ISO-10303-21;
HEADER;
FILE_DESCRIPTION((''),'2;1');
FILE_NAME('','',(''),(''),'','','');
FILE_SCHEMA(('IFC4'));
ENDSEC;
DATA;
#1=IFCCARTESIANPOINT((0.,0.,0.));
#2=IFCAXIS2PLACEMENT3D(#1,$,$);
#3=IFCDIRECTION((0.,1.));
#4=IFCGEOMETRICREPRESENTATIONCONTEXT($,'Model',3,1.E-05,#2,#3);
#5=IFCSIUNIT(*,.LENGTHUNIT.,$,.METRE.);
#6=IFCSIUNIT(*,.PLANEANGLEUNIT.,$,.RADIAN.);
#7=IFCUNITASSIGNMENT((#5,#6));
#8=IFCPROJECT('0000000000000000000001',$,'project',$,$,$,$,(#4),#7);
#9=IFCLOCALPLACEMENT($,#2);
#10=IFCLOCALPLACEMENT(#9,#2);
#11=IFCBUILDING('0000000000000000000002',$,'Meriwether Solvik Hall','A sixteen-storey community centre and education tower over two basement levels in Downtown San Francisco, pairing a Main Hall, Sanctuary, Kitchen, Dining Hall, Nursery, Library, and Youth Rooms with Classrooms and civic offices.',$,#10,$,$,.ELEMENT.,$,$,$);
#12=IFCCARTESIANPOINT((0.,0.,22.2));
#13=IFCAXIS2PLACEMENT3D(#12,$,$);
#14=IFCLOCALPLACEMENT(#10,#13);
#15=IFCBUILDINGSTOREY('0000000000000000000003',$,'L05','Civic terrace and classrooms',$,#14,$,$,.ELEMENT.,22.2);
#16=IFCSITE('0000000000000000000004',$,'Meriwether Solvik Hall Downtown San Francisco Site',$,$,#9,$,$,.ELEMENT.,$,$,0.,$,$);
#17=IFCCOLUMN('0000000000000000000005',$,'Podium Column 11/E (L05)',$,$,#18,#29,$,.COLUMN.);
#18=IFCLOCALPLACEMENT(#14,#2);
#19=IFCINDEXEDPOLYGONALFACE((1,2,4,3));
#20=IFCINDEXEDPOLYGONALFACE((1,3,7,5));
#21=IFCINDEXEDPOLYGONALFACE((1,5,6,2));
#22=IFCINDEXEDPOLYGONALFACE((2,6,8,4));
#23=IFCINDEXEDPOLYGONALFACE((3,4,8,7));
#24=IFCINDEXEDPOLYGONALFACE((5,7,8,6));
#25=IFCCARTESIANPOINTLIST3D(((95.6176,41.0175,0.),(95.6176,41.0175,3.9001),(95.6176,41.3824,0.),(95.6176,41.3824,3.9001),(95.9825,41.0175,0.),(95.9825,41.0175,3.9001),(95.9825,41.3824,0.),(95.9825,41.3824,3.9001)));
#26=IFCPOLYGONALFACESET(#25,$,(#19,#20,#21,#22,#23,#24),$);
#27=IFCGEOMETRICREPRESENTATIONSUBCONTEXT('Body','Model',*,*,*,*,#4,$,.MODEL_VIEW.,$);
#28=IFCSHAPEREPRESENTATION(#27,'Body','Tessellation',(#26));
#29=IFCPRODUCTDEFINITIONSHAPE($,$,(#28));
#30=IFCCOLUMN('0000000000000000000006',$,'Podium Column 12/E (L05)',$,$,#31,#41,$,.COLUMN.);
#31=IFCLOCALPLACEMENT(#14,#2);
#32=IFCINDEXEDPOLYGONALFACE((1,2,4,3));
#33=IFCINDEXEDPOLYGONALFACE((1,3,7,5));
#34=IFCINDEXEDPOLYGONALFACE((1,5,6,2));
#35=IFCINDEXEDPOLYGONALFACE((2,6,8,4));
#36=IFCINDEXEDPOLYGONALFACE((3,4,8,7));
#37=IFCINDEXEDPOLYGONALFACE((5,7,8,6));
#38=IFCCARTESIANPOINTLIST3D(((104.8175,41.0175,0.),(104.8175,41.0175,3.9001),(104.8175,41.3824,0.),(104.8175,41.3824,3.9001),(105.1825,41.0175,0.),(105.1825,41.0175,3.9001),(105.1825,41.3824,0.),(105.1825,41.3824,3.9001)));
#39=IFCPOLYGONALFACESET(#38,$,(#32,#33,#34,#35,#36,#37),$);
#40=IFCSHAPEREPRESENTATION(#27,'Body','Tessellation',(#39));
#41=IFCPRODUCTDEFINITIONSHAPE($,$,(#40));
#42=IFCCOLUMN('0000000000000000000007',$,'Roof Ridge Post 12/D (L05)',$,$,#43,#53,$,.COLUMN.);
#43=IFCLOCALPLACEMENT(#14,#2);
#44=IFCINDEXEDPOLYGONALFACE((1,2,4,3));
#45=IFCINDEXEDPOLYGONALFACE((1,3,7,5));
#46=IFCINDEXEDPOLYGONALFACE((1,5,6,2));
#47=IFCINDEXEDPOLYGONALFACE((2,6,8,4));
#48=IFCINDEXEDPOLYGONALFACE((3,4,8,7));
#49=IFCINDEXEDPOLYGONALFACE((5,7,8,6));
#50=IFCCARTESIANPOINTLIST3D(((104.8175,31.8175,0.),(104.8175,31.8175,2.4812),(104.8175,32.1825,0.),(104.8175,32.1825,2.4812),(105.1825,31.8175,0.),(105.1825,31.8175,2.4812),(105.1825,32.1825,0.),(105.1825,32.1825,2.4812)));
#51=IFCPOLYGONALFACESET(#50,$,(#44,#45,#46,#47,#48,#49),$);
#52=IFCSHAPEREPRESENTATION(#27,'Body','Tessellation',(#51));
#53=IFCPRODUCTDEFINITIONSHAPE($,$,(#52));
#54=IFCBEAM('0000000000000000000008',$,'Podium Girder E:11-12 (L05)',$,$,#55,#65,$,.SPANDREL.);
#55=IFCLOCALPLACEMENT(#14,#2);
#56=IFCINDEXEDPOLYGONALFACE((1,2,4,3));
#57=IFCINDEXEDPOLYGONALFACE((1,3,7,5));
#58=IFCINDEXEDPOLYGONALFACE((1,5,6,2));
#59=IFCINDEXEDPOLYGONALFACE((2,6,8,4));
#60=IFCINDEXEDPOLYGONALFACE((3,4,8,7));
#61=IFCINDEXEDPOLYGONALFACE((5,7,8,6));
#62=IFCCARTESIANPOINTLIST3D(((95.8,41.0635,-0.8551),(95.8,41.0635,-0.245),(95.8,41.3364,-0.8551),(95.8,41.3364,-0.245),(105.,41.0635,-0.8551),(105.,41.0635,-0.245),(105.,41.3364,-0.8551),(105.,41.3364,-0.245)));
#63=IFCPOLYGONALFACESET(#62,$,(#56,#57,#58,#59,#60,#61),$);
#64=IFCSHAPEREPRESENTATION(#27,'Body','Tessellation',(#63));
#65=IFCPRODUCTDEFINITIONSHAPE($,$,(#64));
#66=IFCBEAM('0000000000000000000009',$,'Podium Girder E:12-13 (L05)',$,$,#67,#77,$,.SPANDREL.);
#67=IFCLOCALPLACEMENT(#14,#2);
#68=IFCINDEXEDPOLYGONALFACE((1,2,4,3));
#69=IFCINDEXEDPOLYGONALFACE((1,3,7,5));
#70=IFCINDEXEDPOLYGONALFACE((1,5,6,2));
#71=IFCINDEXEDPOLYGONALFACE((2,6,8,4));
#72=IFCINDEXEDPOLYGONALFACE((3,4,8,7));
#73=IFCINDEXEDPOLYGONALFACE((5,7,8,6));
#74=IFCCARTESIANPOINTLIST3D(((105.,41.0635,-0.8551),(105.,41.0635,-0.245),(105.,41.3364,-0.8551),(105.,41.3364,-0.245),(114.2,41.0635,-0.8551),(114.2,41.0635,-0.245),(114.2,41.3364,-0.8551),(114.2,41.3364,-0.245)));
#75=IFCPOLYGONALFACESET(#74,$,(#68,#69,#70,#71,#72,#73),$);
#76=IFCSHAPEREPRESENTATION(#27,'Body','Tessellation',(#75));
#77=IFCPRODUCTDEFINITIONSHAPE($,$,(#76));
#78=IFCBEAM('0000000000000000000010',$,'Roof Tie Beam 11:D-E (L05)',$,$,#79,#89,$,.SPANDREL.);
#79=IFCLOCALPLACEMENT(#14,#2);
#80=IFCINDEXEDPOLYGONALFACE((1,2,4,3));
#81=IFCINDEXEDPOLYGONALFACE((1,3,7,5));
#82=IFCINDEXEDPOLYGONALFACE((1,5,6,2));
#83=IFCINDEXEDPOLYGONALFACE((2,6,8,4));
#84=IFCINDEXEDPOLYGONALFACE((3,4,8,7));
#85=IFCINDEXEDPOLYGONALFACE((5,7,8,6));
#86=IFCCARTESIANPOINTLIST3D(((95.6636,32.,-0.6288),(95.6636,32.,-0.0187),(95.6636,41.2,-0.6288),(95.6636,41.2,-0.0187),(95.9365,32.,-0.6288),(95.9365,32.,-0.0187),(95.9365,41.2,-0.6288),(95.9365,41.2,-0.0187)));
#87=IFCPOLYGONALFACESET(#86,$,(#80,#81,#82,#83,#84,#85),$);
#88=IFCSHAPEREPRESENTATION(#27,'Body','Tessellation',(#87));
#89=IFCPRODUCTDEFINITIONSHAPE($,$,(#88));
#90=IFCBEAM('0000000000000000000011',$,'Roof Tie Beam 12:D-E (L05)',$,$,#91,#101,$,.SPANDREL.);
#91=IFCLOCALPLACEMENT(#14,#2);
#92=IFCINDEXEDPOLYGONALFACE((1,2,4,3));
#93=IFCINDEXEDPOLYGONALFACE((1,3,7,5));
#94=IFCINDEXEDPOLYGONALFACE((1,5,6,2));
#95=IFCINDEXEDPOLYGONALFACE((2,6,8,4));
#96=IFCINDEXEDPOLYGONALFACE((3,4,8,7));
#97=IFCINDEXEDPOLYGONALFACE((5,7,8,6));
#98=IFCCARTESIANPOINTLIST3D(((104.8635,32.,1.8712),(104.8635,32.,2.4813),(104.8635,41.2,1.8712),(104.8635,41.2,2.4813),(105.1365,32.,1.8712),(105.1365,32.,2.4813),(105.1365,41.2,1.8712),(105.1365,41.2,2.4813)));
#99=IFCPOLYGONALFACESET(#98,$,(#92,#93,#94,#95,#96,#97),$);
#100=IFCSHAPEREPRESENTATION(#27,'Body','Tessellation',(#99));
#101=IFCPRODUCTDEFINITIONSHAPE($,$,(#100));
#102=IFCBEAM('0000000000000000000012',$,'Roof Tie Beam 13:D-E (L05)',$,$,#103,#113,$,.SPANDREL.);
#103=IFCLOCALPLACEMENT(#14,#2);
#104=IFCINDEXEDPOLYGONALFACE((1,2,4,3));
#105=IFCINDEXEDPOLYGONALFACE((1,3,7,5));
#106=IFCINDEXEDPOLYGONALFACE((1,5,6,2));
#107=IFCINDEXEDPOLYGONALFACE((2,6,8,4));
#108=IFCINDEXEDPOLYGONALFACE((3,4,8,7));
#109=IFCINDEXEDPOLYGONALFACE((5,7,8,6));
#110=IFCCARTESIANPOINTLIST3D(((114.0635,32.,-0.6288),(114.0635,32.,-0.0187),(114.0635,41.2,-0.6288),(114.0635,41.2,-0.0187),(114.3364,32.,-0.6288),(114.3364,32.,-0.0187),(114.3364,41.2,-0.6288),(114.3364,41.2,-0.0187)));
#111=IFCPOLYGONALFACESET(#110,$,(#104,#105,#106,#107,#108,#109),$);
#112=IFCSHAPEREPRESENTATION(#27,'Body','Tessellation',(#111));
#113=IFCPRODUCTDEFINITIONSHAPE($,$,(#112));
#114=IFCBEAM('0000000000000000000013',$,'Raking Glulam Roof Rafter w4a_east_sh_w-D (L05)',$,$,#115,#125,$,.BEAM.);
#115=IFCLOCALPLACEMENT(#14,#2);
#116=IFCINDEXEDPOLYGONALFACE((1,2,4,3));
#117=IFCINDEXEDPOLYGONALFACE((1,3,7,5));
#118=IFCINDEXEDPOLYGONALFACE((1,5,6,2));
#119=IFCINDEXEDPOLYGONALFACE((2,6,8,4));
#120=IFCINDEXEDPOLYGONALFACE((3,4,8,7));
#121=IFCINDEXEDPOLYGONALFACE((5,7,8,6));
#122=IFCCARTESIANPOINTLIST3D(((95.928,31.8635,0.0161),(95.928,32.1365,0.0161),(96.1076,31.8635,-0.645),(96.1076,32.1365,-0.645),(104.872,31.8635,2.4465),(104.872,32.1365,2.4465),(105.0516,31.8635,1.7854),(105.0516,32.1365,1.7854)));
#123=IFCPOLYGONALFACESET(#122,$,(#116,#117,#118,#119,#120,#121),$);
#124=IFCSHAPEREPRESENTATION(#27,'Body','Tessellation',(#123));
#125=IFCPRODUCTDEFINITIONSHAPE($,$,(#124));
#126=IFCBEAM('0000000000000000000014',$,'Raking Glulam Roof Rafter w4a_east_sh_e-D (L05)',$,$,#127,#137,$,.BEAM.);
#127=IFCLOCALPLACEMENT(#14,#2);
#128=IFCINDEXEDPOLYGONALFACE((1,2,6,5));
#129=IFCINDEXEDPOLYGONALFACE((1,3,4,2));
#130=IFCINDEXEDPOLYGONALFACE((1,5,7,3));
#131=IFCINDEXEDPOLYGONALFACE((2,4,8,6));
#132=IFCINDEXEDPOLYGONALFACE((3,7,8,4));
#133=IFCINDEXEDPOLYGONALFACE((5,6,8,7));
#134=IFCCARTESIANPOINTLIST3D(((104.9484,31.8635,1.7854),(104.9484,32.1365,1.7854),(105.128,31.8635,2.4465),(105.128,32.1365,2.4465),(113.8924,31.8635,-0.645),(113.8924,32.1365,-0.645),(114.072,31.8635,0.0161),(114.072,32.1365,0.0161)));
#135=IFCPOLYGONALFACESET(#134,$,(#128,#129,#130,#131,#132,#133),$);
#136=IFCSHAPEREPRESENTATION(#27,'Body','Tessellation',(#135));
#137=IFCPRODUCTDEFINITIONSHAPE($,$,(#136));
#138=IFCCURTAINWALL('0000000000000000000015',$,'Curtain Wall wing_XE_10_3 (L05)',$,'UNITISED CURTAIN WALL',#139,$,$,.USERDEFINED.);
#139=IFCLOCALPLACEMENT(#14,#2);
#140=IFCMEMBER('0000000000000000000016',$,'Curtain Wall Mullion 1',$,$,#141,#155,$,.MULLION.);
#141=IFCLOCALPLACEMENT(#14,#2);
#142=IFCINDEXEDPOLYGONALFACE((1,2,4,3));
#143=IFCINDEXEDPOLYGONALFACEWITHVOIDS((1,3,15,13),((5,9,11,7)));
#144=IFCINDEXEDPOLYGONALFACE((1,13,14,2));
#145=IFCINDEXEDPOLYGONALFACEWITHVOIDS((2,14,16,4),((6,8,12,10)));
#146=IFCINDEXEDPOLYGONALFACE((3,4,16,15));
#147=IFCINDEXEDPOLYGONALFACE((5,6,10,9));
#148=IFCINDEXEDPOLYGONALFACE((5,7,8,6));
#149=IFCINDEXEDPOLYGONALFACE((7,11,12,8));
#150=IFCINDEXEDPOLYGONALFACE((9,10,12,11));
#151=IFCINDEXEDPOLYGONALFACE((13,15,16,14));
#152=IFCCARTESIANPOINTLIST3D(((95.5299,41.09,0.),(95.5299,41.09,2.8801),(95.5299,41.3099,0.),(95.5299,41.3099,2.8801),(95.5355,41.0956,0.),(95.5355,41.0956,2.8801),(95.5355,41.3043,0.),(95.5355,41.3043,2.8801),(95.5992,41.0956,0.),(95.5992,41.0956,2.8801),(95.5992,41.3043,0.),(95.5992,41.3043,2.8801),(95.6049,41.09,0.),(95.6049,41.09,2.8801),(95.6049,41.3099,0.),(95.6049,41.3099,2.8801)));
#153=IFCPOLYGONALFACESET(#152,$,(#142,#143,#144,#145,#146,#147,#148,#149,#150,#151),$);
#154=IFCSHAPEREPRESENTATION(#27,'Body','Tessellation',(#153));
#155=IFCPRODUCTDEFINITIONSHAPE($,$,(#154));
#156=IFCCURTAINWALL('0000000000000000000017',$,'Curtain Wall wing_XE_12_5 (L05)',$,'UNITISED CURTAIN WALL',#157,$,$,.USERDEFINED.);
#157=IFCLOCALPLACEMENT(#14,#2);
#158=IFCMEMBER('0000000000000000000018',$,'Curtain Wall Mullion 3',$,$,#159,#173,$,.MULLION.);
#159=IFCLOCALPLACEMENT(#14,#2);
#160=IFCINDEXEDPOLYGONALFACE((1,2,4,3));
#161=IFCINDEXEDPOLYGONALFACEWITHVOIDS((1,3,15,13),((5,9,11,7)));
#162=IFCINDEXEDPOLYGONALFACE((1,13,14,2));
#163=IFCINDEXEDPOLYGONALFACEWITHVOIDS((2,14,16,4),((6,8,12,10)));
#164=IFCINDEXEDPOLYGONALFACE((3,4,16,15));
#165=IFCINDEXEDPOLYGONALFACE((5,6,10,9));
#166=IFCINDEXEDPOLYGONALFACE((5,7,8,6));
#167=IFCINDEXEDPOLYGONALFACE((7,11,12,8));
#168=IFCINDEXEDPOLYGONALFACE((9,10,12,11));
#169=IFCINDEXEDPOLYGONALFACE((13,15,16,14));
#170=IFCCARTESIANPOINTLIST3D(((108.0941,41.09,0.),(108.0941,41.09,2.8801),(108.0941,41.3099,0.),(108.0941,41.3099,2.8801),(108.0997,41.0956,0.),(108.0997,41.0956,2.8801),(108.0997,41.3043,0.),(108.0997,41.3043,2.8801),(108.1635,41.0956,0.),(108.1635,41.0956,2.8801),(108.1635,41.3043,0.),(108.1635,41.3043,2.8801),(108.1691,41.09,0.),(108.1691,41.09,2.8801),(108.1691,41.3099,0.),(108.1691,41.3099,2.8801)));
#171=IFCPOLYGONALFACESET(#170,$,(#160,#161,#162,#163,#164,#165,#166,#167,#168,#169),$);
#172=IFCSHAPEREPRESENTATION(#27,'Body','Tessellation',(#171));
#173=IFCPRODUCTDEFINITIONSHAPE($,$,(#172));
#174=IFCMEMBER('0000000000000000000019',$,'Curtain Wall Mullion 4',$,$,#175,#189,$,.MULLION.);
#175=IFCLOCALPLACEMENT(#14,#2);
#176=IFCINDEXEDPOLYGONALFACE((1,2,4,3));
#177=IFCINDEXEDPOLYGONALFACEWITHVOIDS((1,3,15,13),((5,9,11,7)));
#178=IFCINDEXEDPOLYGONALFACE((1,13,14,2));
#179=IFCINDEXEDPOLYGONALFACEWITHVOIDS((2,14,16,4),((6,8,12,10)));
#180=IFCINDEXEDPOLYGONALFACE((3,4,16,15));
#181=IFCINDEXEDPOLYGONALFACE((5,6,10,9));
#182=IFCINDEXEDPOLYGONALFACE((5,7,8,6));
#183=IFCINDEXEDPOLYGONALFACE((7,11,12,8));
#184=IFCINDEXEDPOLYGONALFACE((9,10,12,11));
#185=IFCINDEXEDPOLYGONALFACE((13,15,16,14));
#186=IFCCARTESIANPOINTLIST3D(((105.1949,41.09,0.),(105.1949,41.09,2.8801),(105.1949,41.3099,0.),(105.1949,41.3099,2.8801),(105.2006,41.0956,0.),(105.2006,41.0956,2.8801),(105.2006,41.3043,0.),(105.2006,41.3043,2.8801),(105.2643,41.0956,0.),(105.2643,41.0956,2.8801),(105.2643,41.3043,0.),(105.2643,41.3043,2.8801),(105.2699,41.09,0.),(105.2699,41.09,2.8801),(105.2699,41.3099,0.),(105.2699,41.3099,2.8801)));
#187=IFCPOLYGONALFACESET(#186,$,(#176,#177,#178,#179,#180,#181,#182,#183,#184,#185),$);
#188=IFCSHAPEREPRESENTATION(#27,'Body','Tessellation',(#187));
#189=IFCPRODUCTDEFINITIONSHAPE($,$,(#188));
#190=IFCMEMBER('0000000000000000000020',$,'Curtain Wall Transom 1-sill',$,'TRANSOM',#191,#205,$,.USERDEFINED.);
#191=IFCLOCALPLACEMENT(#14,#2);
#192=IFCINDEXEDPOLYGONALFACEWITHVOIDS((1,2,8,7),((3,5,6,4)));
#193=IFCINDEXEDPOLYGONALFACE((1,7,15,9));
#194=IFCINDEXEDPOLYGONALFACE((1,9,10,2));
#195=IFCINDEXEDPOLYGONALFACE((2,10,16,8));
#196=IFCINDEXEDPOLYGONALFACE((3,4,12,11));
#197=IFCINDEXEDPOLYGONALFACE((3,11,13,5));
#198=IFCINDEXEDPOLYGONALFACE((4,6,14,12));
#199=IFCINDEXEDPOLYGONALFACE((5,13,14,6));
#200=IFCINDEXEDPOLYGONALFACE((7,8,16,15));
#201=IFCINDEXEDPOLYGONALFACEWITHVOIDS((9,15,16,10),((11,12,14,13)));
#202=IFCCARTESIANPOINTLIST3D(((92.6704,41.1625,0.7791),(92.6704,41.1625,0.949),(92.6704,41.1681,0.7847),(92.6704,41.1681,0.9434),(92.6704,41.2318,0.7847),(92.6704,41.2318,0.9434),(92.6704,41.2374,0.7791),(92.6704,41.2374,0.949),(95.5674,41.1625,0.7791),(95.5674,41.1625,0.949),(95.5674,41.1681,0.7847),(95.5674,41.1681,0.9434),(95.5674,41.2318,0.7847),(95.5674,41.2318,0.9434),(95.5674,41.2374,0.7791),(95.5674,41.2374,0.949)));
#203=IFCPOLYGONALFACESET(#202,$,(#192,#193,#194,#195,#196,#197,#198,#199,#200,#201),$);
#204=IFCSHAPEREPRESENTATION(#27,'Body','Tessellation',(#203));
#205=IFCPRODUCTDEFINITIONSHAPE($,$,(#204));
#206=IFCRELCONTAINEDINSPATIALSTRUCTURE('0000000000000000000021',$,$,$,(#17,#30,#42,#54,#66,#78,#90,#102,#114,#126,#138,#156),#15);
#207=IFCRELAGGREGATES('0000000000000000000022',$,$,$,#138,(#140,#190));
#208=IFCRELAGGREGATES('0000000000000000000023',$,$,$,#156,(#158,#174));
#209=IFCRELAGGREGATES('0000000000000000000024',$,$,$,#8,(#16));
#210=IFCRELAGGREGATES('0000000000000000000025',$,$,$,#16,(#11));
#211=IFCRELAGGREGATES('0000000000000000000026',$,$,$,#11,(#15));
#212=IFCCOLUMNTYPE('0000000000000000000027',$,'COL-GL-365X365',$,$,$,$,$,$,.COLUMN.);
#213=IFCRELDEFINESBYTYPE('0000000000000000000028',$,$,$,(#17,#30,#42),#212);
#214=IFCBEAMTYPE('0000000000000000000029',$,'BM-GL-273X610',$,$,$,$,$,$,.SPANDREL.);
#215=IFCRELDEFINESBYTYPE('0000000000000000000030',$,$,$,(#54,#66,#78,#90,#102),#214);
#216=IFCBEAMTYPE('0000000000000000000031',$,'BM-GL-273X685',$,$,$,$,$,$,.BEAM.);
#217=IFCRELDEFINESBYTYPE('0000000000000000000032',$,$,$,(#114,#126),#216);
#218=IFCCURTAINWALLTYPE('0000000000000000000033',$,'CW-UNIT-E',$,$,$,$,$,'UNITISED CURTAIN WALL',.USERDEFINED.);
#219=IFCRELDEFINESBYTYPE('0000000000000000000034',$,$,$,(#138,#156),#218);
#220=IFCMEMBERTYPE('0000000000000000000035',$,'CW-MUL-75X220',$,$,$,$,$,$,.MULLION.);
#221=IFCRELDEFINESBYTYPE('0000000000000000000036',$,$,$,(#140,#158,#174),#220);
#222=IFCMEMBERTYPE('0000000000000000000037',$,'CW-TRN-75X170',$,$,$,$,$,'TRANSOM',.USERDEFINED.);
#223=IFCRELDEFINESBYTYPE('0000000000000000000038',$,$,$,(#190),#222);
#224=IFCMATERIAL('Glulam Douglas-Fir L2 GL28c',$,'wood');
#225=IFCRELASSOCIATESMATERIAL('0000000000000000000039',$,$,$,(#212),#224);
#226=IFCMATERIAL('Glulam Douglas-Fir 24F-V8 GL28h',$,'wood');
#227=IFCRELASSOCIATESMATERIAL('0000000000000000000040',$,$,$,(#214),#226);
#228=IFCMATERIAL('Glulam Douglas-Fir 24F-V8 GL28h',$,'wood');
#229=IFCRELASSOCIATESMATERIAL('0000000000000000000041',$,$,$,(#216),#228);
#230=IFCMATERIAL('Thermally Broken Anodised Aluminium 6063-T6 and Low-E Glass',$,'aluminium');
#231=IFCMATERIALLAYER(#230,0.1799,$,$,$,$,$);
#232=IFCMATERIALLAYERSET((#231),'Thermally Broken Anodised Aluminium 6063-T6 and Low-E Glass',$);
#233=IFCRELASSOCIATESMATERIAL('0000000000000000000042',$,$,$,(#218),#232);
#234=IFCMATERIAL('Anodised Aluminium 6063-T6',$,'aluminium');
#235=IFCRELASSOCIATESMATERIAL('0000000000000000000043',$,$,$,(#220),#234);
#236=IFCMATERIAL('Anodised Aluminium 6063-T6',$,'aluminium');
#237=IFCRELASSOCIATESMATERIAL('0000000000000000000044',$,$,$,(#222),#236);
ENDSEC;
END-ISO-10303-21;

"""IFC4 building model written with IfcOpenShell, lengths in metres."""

from ifc_helpers import new_model, si_unit, direction, frame, origin, origin_2d, place, context, subcontext, project, spatial, rectangle, hollow_rectangle, extrude, material, layer, layer_set, material_profile, profile_set, type_object, element, aggregate, save


model = new_model("IFC4")

# Units and contexts
model_context = context("Model", 3, precision=1e-05, world=origin(), true_north=direction((0.0, 1.0)))
body_context = subcontext(model_context, "Body", "Model", "MODEL_VIEW")
ifc_project = project(units=[si_unit("LENGTHUNIT", "METRE"), si_unit("PLANEANGLEUNIT", "RADIAN")], contexts=[model_context])

# Site, building, storey
site_placement = place(None, origin())
site = spatial("IfcSite", under=ifc_project, at=site_placement, Name="Meriwether Solvik Hall Downtown San Francisco Site", CompositionType="ELEMENT", RefElevation=0.0)
building_placement = place(site_placement, origin())
building = spatial("IfcBuilding", under=site, at=building_placement, Name="Meriwether Solvik Hall", Description="A sixteen-storey community centre and education tower over two basement levels in Downtown San Francisco, pairing a Main Hall, Sanctuary, Kitchen, Dining Hall, Nursery, Library, and Youth Rooms with Classrooms and civic offices.", CompositionType="ELEMENT")
storey_placement = place(building_placement, frame((0.0, 0.0, 22.2)))
storey = spatial("IfcBuildingStorey", under=building, at=storey_placement, Name="L05", Description="Civic terrace and classrooms", CompositionType="ELEMENT", Elevation=22.2)

# Columns
ifc_material_1 = material(Name="Glulam Douglas-Fir L2 GL28c", Category="wood")
ifc_material_profile_1 = material_profile(ifc_material_1, rectangle(XDim=0.365, YDim=0.365, at=origin_2d()), Name="GLC-365X365")
ifc_profile_set_1 = profile_set([ifc_material_profile_1], Name="Glulam Douglas-Fir L2 GL28c")
column_type = type_object("IfcColumnType", Name="COL-GL-365X365", PredefinedType="COLUMN", material=ifc_profile_set_1)
for number, where, z_axis, x_axis, name in (
    (1, (95.8, 41.2, 0.0), (0.0, 0.0, 1.0), (1.0, 0.0, 0.0), "Podium Column 11/E (L05)"),
    (2, (105.0, 41.2, 0.0), (0.0, 0.0, 1.0), (1.0, 0.0, 0.0), "Podium Column 12/E (L05)"),
):
    element("IfcColumn", number, at=place(storey_placement, frame(where, z_axis=z_axis, x_axis=x_axis)), inside=storey, type_object=column_type, Name=name, PredefinedType="COLUMN", context=body_context, shape_type="SweptSolid", body=[
        extrude(rectangle(XDim=0.365, YDim=0.365, at=origin_2d()), origin(), (0.0, 0.0, 1.0), 3.9001),
    ])
column_placement = place(storey_placement, frame((105.0, 32.0, 0.0), z_axis=(0.0, 0.0, 1.0), x_axis=(1.0, 0.0, 0.0)))
element("IfcColumn", 3, at=column_placement, inside=storey, type_object=column_type, Name="Roof Ridge Post 12/D (L05)", PredefinedType="COLUMN", context=body_context, shape_type="SweptSolid", body=[
    extrude(rectangle(XDim=0.365, YDim=0.365, at=origin_2d()), origin(), (0.0, 0.0, 1.0), 2.4812),
])

# Beams
ifc_material_2 = material(Name="Glulam Douglas-Fir 24F-V8 GL28h", Category="wood")
ifc_material_profile_2 = material_profile(ifc_material_2, rectangle(XDim=0.2729, YDim=0.6101, at=origin_2d()), Name="GLB-273X610")
ifc_profile_set_2 = profile_set([ifc_material_profile_2], Name="Glulam Douglas-Fir 24F-V8 GL28h")
beam_type_1 = type_object("IfcBeamType", Name="BM-GL-273X610", PredefinedType="SPANDREL", material=ifc_profile_set_2)
for number, where, z_axis, x_axis, name in (
    (4, (95.8, 41.2, -0.55), (1.0, 0.0, 0.0), (0.0, 1.0, 0.0), "Podium Girder E:11-12 (L05)"),
    (5, (105.0, 41.2, -0.55), (1.0, 0.0, 0.0), (0.0, 1.0, 0.0), "Podium Girder E:12-13 (L05)"),
    (6, (95.8, 32.0, -0.3237), (0.0, 1.0, 0.0), (-1.0, 0.0, 0.0), "Roof Tie Beam 11:D-E (L05)"),
    (7, (105.0, 32.0, 2.1763), (0.0, 1.0, 0.0), (-1.0, 0.0, 0.0), "Roof Tie Beam 12:D-E (L05)"),
    (8, (114.2, 32.0, -0.3237), (0.0, 1.0, 0.0), (-1.0, 0.0, 0.0), "Roof Tie Beam 13:D-E (L05)"),
):
    element("IfcBeam", number, at=place(storey_placement, frame(where, z_axis=z_axis, x_axis=x_axis)), inside=storey, type_object=beam_type_1, Name=name, PredefinedType="SPANDREL", context=body_context, shape_type="SweptSolid", body=[
        extrude(rectangle(XDim=0.2729, YDim=0.6101, at=origin_2d()), origin(), (0.0, 0.0, 1.0), 9.2),
    ])
ifc_material_3 = material(Name="Glulam Douglas-Fir 24F-V8 GL28h", Category="wood")
ifc_material_profile_3 = material_profile(ifc_material_3, rectangle(XDim=0.2729, YDim=0.6851, at=origin_2d()), Name="GLB-273X685")
ifc_profile_set_3 = profile_set([ifc_material_profile_3], Name="Glulam Douglas-Fir 24F-V8 GL28h")
beam_type_2 = type_object("IfcBeamType", Name="BM-GL-273X685", PredefinedType="BEAM", material=ifc_profile_set_3)
for number, where, z_axis, x_axis, name in (
    (9, (96.0178, 32.0, -0.3145), (0.965007, 0.0, 0.262226), (0.0, 1.0, 0.0), "Raking Glulam Roof Rafter w4a_east_sh_w-D (L05)"),
    (10, (113.9822, 32.0, -0.3145), (-0.965007, 0.0, 0.262226), (0.0, -1.0, 0.0), "Raking Glulam Roof Rafter w4a_east_sh_e-D (L05)"),
):
    element("IfcBeam", number, at=place(storey_placement, frame(where, z_axis=z_axis, x_axis=x_axis)), inside=storey, type_object=beam_type_2, Name=name, PredefinedType="BEAM", context=body_context, shape_type="SweptSolid", body=[
        extrude(rectangle(XDim=0.2729, YDim=0.6851, at=origin_2d()), origin(), (0.0, 0.0, 1.0), 9.2683),
    ])

# Curtain wall, member
ifc_material_4 = material(Name="Thermally Broken Anodised Aluminium 6063-T6 and Low-E Glass", Category="aluminium")
ifc_layer_1 = layer(ifc_material_4, 0.1799)
ifc_layer_set_1 = layer_set([ifc_layer_1], Name="Thermally Broken Anodised Aluminium 6063-T6 and Low-E Glass")
curtain_wall_type = type_object("IfcCurtainWallType", Name="CW-UNIT-E", ElementType="UNITISED CURTAIN WALL", PredefinedType="USERDEFINED", material=ifc_layer_set_1)
curtain_wall_1_placement = place(storey_placement, origin())
curtain_wall_1 = element("IfcCurtainWall", 11, at=curtain_wall_1_placement, inside=storey, type_object=curtain_wall_type, Name="Curtain Wall wing_XE_10_3 (L05)", ObjectType="UNITISED CURTAIN WALL", PredefinedType="USERDEFINED")
ifc_material_5 = material(Name="Anodised Aluminium 6063-T6", Category="aluminium")
ifc_material_profile_4 = material_profile(ifc_material_5, hollow_rectangle(XDim=0.075, YDim=0.22, WallThickness=0.0056, at=origin_2d()), Name="CWM-75X220")
ifc_profile_set_4 = profile_set([ifc_material_profile_4], Name="Anodised Aluminium 6063-T6")
member_type_1 = type_object("IfcMemberType", Name="CW-MUL-75X220", PredefinedType="MULLION", material=ifc_profile_set_4)
member_1_placement = place(storey_placement, frame((95.5674, 41.2, 0.0), z_axis=(0.0, 0.0, 1.0), x_axis=(-1.0, 0.0, 0.0)))
member_1 = element("IfcMember", 12, at=member_1_placement, type_object=member_type_1, Name="Curtain Wall Mullion 1", PredefinedType="MULLION", context=body_context, shape_type="SweptSolid", body=[
    extrude(hollow_rectangle(XDim=0.075, YDim=0.22, WallThickness=0.0056, at=origin_2d()), origin(), (0.0, 0.0, 1.0), 2.8801),
])

# Curtain wall, members
curtain_wall_2_placement = place(storey_placement, origin())
curtain_wall_2 = element("IfcCurtainWall", 13, at=curtain_wall_2_placement, inside=storey, type_object=curtain_wall_type, Name="Curtain Wall wing_XE_12_5 (L05)", ObjectType="UNITISED CURTAIN WALL", PredefinedType="USERDEFINED")
member_2_placement = place(storey_placement, frame((108.1316, 41.2, 0.0), z_axis=(0.0, 0.0, 1.0), x_axis=(-1.0, 0.0, 0.0)))
member_2 = element("IfcMember", 14, at=member_2_placement, type_object=member_type_1, Name="Curtain Wall Mullion 3", PredefinedType="MULLION", context=body_context, shape_type="SweptSolid", body=[
    extrude(hollow_rectangle(XDim=0.075, YDim=0.22, WallThickness=0.0056, at=origin_2d()), origin(), (0.0, 0.0, 1.0), 2.8801),
])
member_3_placement = place(storey_placement, frame((105.2324, 41.2, 0.0), z_axis=(0.0, 0.0, 1.0), x_axis=(-1.0, 0.0, 0.0)))
member_3 = element("IfcMember", 15, at=member_3_placement, type_object=member_type_1, Name="Curtain Wall Mullion 4", PredefinedType="MULLION", context=body_context, shape_type="SweptSolid", body=[
    extrude(hollow_rectangle(XDim=0.075, YDim=0.22, WallThickness=0.0056, at=origin_2d()), origin(), (0.0, 0.0, 1.0), 2.8801),
])

# Member
ifc_material_6 = material(Name="Anodised Aluminium 6063-T6", Category="aluminium")
ifc_material_profile_5 = material_profile(ifc_material_6, hollow_rectangle(XDim=0.075, YDim=0.1699, WallThickness=0.0056, at=origin_2d()), Name="CWT-75X170")
ifc_profile_set_5 = profile_set([ifc_material_profile_5], Name="Anodised Aluminium 6063-T6")
member_type_2 = type_object("IfcMemberType", Name="CW-TRN-75X170", ElementType="TRANSOM", PredefinedType="USERDEFINED", material=ifc_profile_set_5)
member_4_placement = place(storey_placement, frame((95.5674, 41.2, 0.864), z_axis=(-1.0, 0.0, 0.0), x_axis=(0.0, -1.0, 0.0)))
member_4 = element("IfcMember", 16, at=member_4_placement, type_object=member_type_2, Name="Curtain Wall Transom 1-sill", ObjectType="TRANSOM", PredefinedType="USERDEFINED", context=body_context, shape_type="SweptSolid", body=[
    extrude(hollow_rectangle(XDim=0.075, YDim=0.1699, WallThickness=0.0056, at=origin_2d()), origin(), (0.0, 0.0, 1.0), 2.897),
])
aggregate(curtain_wall_1, [member_1, member_4])

aggregate(curtain_wall_2, [member_2, member_3])

save(model, "model.ifc")
